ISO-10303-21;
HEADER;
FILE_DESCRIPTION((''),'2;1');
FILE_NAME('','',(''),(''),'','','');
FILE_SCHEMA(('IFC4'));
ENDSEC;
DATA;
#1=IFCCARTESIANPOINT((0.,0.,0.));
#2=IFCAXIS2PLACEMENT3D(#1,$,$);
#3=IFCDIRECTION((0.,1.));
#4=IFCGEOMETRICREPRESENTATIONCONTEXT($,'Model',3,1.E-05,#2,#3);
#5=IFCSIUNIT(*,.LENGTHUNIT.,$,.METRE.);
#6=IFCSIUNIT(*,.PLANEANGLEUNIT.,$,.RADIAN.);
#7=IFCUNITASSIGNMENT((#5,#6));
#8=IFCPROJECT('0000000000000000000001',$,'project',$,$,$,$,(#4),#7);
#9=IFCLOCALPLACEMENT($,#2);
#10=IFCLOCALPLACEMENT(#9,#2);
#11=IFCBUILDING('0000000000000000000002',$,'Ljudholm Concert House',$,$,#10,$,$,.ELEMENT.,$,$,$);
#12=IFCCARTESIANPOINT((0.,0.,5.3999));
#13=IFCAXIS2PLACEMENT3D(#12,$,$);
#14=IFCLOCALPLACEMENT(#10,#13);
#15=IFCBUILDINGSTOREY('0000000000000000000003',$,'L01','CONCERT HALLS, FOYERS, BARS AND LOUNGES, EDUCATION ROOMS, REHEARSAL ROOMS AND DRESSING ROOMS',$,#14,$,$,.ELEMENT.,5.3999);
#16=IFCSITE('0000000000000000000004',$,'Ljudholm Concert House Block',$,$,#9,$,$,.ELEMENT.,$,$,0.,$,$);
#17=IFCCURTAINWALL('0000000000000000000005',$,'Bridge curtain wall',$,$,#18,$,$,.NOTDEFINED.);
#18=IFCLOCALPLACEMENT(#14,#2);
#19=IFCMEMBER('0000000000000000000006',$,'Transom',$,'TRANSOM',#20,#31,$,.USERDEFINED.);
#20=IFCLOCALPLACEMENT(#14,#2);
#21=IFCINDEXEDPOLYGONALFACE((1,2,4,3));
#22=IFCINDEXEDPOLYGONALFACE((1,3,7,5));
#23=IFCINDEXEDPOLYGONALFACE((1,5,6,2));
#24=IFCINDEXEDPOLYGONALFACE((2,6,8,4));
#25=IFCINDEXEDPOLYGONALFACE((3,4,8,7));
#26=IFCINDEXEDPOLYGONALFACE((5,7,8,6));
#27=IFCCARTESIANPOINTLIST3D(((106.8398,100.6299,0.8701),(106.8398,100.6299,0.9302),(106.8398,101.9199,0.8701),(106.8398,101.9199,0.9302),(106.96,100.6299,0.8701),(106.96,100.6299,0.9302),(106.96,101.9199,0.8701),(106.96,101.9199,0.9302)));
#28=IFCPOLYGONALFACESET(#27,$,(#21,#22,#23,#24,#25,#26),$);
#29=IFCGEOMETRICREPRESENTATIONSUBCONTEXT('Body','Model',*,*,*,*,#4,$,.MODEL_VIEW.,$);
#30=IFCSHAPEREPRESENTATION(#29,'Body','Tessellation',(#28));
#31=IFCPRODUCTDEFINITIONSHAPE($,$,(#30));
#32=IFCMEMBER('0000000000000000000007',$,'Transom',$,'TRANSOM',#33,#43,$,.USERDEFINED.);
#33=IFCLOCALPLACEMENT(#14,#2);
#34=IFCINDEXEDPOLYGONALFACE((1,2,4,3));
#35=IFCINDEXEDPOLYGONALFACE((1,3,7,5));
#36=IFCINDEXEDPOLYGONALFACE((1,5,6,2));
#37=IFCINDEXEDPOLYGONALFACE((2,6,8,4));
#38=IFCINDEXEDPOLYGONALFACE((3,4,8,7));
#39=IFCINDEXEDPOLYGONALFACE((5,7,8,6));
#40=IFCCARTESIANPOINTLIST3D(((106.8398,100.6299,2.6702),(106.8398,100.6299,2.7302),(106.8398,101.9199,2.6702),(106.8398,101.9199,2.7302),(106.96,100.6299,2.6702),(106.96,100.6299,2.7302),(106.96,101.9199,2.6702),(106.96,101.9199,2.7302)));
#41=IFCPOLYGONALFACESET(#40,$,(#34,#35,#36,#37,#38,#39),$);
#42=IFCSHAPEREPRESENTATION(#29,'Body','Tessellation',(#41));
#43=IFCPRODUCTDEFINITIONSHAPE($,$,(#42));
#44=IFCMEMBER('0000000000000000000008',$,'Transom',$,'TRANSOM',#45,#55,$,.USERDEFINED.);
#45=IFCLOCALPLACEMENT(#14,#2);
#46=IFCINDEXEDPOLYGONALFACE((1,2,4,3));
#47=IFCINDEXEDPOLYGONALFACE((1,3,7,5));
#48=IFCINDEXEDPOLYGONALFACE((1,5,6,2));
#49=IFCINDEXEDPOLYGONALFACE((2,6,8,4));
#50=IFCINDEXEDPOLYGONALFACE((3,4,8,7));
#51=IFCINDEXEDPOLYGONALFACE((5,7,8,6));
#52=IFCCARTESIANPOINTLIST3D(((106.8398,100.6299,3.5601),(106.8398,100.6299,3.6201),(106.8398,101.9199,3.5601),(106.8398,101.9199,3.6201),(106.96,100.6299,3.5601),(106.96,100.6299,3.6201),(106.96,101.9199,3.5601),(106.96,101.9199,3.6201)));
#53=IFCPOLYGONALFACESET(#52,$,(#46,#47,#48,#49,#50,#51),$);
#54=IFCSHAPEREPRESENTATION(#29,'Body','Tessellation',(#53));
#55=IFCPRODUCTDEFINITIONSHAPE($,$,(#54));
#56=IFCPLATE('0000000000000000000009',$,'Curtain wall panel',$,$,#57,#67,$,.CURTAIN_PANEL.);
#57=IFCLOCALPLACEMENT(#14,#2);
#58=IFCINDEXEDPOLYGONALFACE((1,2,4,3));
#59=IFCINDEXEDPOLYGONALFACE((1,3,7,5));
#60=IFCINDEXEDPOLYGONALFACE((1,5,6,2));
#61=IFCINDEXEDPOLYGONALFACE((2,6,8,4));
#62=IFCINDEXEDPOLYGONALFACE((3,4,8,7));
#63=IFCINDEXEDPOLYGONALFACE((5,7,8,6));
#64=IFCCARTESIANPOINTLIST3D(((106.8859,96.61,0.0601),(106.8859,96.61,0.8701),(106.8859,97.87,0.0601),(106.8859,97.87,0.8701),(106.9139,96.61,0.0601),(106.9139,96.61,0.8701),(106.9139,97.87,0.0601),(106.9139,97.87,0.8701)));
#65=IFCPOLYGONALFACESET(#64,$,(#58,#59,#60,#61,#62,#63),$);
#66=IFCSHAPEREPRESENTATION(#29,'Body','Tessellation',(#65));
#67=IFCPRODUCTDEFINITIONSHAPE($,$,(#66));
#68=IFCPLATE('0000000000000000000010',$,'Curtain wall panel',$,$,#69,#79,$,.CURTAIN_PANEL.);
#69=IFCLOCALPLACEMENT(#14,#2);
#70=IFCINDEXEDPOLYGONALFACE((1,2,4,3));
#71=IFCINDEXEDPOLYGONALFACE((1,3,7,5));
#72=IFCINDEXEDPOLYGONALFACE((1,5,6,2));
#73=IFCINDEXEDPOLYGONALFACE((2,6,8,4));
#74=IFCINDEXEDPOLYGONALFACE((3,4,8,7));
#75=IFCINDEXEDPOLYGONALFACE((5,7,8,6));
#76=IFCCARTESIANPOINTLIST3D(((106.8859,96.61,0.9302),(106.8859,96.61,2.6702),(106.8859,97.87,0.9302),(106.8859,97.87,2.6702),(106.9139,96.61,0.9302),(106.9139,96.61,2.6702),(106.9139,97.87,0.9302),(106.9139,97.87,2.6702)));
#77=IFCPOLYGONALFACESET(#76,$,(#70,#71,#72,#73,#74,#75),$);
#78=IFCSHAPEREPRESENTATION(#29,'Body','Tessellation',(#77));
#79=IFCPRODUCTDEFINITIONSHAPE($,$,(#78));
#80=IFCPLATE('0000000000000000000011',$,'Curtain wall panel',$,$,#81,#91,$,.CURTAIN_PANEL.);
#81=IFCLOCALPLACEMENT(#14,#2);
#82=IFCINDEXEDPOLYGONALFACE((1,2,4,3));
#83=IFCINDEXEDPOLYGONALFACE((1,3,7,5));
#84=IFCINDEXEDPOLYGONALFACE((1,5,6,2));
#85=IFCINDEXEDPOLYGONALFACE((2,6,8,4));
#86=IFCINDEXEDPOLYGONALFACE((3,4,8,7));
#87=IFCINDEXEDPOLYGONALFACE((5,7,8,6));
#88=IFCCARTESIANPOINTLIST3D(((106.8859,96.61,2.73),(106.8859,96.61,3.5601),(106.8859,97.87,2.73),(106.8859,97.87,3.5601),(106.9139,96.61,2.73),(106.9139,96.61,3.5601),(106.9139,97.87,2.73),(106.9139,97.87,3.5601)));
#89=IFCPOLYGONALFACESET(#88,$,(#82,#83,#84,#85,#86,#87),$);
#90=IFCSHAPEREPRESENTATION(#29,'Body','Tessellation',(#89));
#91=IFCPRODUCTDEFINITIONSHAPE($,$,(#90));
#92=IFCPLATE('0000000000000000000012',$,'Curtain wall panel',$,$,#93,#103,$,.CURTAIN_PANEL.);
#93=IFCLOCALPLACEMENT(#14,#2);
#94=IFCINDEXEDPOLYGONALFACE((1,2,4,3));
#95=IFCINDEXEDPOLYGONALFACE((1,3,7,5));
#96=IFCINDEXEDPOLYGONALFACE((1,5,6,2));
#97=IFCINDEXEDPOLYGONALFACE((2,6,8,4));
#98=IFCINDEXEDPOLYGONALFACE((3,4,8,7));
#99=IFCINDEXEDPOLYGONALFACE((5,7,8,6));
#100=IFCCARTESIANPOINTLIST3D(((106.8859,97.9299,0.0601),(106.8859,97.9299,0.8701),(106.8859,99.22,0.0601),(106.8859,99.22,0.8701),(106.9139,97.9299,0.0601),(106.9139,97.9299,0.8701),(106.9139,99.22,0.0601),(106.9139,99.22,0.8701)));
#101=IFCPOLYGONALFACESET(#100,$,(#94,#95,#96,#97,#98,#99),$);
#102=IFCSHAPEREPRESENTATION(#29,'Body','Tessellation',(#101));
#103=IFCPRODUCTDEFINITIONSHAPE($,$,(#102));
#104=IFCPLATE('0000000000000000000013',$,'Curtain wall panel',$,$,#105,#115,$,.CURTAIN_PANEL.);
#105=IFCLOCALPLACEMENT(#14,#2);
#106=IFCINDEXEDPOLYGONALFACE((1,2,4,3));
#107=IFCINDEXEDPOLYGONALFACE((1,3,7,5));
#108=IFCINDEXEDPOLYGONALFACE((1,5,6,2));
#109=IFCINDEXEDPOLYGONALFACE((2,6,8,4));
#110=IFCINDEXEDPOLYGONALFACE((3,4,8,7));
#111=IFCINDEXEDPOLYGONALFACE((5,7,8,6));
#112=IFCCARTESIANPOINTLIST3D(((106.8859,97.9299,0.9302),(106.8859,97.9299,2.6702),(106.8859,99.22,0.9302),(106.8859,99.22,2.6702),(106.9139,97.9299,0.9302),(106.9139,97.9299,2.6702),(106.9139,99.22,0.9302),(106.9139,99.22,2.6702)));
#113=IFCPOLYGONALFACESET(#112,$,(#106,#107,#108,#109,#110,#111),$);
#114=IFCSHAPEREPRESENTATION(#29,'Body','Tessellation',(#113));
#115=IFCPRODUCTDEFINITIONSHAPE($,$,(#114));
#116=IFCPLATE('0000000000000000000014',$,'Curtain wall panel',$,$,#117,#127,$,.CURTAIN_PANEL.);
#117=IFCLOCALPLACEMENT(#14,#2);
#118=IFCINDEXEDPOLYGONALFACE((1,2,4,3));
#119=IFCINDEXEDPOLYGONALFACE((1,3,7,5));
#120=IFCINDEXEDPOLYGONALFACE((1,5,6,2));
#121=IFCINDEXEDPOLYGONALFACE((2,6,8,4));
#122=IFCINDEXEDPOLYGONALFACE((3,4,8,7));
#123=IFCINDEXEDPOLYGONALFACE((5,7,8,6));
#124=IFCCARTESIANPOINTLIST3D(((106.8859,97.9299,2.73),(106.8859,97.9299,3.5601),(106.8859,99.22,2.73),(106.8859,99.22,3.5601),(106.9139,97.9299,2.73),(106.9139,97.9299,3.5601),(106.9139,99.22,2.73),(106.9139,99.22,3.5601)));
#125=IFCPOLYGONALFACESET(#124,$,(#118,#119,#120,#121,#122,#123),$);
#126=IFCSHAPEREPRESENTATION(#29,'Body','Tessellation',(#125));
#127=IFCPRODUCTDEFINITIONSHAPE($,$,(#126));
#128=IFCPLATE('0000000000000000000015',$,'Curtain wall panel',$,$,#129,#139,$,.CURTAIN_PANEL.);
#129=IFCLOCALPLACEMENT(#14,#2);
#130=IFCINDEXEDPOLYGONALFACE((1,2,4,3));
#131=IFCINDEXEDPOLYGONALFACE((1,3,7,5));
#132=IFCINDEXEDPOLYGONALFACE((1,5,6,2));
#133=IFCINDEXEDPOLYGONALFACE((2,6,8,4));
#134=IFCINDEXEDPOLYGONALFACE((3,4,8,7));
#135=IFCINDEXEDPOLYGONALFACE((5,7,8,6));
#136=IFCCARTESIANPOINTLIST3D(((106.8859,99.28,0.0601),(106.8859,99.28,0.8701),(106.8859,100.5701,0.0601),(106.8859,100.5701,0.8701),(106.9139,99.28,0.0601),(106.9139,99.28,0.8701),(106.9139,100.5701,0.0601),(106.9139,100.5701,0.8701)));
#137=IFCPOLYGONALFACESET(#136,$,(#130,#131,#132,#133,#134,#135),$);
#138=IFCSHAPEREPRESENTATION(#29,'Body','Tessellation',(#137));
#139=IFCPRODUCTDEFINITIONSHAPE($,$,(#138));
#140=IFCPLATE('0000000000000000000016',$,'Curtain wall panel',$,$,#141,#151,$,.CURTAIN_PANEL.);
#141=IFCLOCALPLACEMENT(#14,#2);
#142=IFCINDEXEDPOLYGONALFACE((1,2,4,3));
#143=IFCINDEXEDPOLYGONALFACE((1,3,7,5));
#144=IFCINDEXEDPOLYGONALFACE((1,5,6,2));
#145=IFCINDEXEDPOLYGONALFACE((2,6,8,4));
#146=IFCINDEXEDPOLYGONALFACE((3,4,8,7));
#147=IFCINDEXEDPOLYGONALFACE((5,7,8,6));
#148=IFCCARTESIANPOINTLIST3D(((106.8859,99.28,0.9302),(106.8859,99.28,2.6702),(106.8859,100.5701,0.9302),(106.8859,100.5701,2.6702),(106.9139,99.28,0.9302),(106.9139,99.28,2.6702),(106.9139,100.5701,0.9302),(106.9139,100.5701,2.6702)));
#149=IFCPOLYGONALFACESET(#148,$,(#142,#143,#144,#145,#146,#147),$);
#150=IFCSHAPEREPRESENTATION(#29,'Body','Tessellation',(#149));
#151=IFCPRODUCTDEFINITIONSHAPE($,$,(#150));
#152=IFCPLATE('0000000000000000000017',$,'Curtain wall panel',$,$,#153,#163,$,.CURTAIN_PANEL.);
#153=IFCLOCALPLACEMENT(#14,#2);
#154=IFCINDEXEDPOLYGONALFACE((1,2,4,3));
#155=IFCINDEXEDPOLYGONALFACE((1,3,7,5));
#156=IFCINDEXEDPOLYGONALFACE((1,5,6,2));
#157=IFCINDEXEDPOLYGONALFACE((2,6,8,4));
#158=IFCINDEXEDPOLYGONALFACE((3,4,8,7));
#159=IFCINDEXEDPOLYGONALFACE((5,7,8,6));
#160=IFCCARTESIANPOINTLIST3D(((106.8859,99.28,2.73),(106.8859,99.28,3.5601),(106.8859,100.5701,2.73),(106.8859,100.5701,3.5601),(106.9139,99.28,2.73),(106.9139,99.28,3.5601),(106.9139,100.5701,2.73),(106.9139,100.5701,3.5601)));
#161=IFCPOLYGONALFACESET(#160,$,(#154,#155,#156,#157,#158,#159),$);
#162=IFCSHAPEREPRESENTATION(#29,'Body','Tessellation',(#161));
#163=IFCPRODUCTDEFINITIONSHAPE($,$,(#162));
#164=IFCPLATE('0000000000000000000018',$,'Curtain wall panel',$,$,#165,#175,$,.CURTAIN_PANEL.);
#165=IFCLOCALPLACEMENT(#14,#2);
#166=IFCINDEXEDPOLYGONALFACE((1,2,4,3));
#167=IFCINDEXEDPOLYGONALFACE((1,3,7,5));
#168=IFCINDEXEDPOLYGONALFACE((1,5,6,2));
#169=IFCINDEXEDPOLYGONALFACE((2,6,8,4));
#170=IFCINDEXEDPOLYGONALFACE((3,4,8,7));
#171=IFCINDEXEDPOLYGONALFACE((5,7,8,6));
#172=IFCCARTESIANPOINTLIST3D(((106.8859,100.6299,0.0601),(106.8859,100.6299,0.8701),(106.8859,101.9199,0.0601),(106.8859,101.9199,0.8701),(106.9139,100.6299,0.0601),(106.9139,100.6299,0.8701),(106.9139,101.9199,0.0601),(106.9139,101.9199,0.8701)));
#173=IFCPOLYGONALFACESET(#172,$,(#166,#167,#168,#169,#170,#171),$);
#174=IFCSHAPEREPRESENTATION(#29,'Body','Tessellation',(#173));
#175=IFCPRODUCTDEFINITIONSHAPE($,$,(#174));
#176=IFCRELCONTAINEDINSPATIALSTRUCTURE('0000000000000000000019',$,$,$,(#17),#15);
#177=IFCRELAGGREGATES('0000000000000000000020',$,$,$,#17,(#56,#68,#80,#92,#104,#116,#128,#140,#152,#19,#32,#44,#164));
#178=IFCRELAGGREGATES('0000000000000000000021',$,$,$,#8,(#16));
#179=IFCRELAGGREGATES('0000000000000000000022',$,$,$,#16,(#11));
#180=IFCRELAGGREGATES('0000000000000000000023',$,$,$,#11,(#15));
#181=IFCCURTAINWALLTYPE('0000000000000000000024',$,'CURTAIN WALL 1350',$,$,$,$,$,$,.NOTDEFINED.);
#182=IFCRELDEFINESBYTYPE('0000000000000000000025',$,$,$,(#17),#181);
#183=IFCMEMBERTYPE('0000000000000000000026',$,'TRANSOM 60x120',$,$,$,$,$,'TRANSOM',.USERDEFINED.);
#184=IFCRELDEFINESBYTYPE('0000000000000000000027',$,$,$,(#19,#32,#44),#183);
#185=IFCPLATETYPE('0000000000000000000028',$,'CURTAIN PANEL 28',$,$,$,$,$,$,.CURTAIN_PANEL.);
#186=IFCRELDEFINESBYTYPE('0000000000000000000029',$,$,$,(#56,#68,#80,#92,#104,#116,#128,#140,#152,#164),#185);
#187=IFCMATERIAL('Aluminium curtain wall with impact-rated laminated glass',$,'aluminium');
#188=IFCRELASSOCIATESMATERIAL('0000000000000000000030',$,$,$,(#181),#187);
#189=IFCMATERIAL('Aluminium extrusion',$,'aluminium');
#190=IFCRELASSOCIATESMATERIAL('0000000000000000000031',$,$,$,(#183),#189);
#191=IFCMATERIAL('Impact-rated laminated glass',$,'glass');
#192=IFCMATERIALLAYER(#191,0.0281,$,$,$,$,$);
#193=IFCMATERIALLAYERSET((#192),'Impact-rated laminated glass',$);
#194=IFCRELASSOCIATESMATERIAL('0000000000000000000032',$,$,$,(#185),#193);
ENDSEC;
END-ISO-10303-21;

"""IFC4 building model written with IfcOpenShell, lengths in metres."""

from ifc_helpers import new_model, si_unit, direction, frame, origin, origin_2d, place, context, subcontext, project, spatial, rectangle, extrude, material, layer, layer_set, material_profile, profile_set, type_object, element, aggregate, save


model = new_model("IFC4")

# Units and contexts
model_context = context("Model", 3, precision=1e-05, world=origin(), true_north=direction((0.0, 1.0)))
body_context = subcontext(model_context, "Body", "Model", "MODEL_VIEW")
ifc_project = project(units=[si_unit("LENGTHUNIT", "METRE"), si_unit("PLANEANGLEUNIT", "RADIAN")], contexts=[model_context])

# Site, building, storey
site_placement = place(None, origin())
site = spatial("IfcSite", under=ifc_project, at=site_placement, Name="Ljudholm Concert House Block", CompositionType="ELEMENT", RefElevation=0.0)
building_placement = place(site_placement, origin())
building = spatial("IfcBuilding", under=site, at=building_placement, Name="Ljudholm Concert House", CompositionType="ELEMENT")
storey_placement = place(building_placement, frame((0.0, 0.0, 5.3999)))
storey = spatial("IfcBuildingStorey", under=building, at=storey_placement, Name="L01", Description="CONCERT HALLS, FOYERS, BARS AND LOUNGES, EDUCATION ROOMS, REHEARSAL ROOMS AND DRESSING ROOMS", CompositionType="ELEMENT", Elevation=5.3999)

# Curtain wall, members, plates
ifc_material_1 = material(Name="Aluminium curtain wall with impact-rated laminated glass", Category="aluminium")
curtain_wall_type = type_object("IfcCurtainWallType", Name="CURTAIN WALL 1350", PredefinedType="NOTDEFINED", material=ifc_material_1)
curtain_wall_placement = place(storey_placement, origin())
curtain_wall = element("IfcCurtainWall", 1, at=curtain_wall_placement, inside=storey, type_object=curtain_wall_type, Name="Bridge curtain wall", PredefinedType="NOTDEFINED")
ifc_material_2 = material(Name="Aluminium extrusion", Category="aluminium")
ifc_material_profile_1 = material_profile(ifc_material_2, rectangle(XDim=0.1201, YDim=0.0601, at=origin_2d()), Name="TRANSOM 60x120")
ifc_profile_set_1 = profile_set([ifc_material_profile_1], Name="Aluminium extrusion")
member_type_1 = type_object("IfcMemberType", Name="TRANSOM 60x120", ElementType="TRANSOM", PredefinedType="USERDEFINED", material=ifc_profile_set_1)
member_1_placement = place(storey_placement, frame((106.8999, 100.6299, 0.9001), z_axis=(0.0, 1.0, 0.0), x_axis=(-1.0, 0.0, 0.0)))
member_1 = element("IfcMember", 2, at=member_1_placement, type_object=member_type_1, Name="Transom", ObjectType="TRANSOM", PredefinedType="USERDEFINED", context=body_context, shape_type="SweptSolid", body=[
    extrude(rectangle(XDim=0.1201, YDim=0.0601, at=origin_2d()), origin(), (0.0, 0.0, 1.0), 1.29),
])
member_2_placement = place(storey_placement, frame((106.8999, 100.6299, 2.7002), z_axis=(0.0, 1.0, 0.0), x_axis=(-1.0, 0.0, 0.0)))
member_2 = element("IfcMember", 3, at=member_2_placement, type_object=member_type_1, Name="Transom", ObjectType="TRANSOM", PredefinedType="USERDEFINED", context=body_context, shape_type="SweptSolid", body=[
    extrude(rectangle(XDim=0.1201, YDim=0.0601, at=origin_2d()), origin(), (0.0, 0.0, 1.0), 1.29),
])
member_3_placement = place(storey_placement, frame((106.8999, 100.6299, 3.5901), z_axis=(0.0, 1.0, 0.0), x_axis=(-1.0, 0.0, 0.0)))
member_3 = element("IfcMember", 4, at=member_3_placement, type_object=member_type_1, Name="Transom", ObjectType="TRANSOM", PredefinedType="USERDEFINED", context=body_context, shape_type="SweptSolid", body=[
    extrude(rectangle(XDim=0.1201, YDim=0.0601, at=origin_2d()), origin(), (0.0, 0.0, 1.0), 1.29),
])
ifc_material_3 = material(Name="Impact-rated laminated glass", Category="glass")
ifc_layer = layer(ifc_material_3, 0.0281)
ifc_layer_set = layer_set([ifc_layer], Name="Impact-rated laminated glass")
plate_type = type_object("IfcPlateType", Name="CURTAIN PANEL 28", PredefinedType="CURTAIN_PANEL", material=ifc_layer_set)
plate_1_placement = place(storey_placement, frame((106.8999, 97.24, 0.0601), z_axis=(0.0, 0.0, 1.0), x_axis=(0.0, 1.0, 0.0)))
plate_1 = element("IfcPlate", 5, at=plate_1_placement, type_object=plate_type, Name="Curtain wall panel", PredefinedType="CURTAIN_PANEL", context=body_context, shape_type="SweptSolid", body=[
    extrude(rectangle(XDim=1.26, YDim=0.0281, at=origin_2d()), origin(), (0.0, 0.0, 1.0), 0.8101),
])
plate_2_placement = place(storey_placement, frame((106.8999, 97.24, 0.9302), z_axis=(0.0, 0.0, 1.0), x_axis=(0.0, 1.0, 0.0)))
plate_2 = element("IfcPlate", 6, at=plate_2_placement, type_object=plate_type, Name="Curtain wall panel", PredefinedType="CURTAIN_PANEL", context=body_context, shape_type="SweptSolid", body=[
    extrude(rectangle(XDim=1.26, YDim=0.0281, at=origin_2d()), origin(), (0.0, 0.0, 1.0), 1.74),
])
plate_3_placement = place(storey_placement, frame((106.8999, 97.24, 2.73), z_axis=(0.0, 0.0, 1.0), x_axis=(0.0, 1.0, 0.0)))
plate_3 = element("IfcPlate", 7, at=plate_3_placement, type_object=plate_type, Name="Curtain wall panel", PredefinedType="CURTAIN_PANEL", context=body_context, shape_type="SweptSolid", body=[
    extrude(rectangle(XDim=1.26, YDim=0.0281, at=origin_2d()), origin(), (0.0, 0.0, 1.0), 0.8301),
])
plate_4_placement = place(storey_placement, frame((106.8999, 98.575, 0.0601), z_axis=(0.0, 0.0, 1.0), x_axis=(0.0, 1.0, 0.0)))
plate_4 = element("IfcPlate", 8, at=plate_4_placement, type_object=plate_type, Name="Curtain wall panel", PredefinedType="CURTAIN_PANEL", context=body_context, shape_type="SweptSolid", body=[
    extrude(rectangle(XDim=1.29, YDim=0.0281, at=origin_2d()), origin(), (0.0, 0.0, 1.0), 0.8101),
])
plate_5_placement = place(storey_placement, frame((106.8999, 98.575, 0.9302), z_axis=(0.0, 0.0, 1.0), x_axis=(0.0, 1.0, 0.0)))
plate_5 = element("IfcPlate", 9, at=plate_5_placement, type_object=plate_type, Name="Curtain wall panel", PredefinedType="CURTAIN_PANEL", context=body_context, shape_type="SweptSolid", body=[
    extrude(rectangle(XDim=1.29, YDim=0.0281, at=origin_2d()), origin(), (0.0, 0.0, 1.0), 1.74),
])
plate_6_placement = place(storey_placement, frame((106.8999, 98.575, 2.73), z_axis=(0.0, 0.0, 1.0), x_axis=(0.0, 1.0, 0.0)))
plate_6 = element("IfcPlate", 10, at=plate_6_placement, type_object=plate_type, Name="Curtain wall panel", PredefinedType="CURTAIN_PANEL", context=body_context, shape_type="SweptSolid", body=[
    extrude(rectangle(XDim=1.29, YDim=0.0281, at=origin_2d()), origin(), (0.0, 0.0, 1.0), 0.8301),
])
plate_7_placement = place(storey_placement, frame((106.8999, 99.925, 0.0601), z_axis=(0.0, 0.0, 1.0), x_axis=(0.0, 1.0, 0.0)))
plate_7 = element("IfcPlate", 11, at=plate_7_placement, type_object=plate_type, Name="Curtain wall panel", PredefinedType="CURTAIN_PANEL", context=body_context, shape_type="SweptSolid", body=[
    extrude(rectangle(XDim=1.29, YDim=0.0281, at=origin_2d()), origin(), (0.0, 0.0, 1.0), 0.8101),
])
plate_8_placement = place(storey_placement, frame((106.8999, 99.925, 0.9302), z_axis=(0.0, 0.0, 1.0), x_axis=(0.0, 1.0, 0.0)))
plate_8 = element("IfcPlate", 12, at=plate_8_placement, type_object=plate_type, Name="Curtain wall panel", PredefinedType="CURTAIN_PANEL", context=body_context, shape_type="SweptSolid", body=[
    extrude(rectangle(XDim=1.29, YDim=0.0281, at=origin_2d()), origin(), (0.0, 0.0, 1.0), 1.74),
])
plate_9_placement = place(storey_placement, frame((106.8999, 99.925, 2.73), z_axis=(0.0, 0.0, 1.0), x_axis=(0.0, 1.0, 0.0)))
plate_9 = element("IfcPlate", 13, at=plate_9_placement, type_object=plate_type, Name="Curtain wall panel", PredefinedType="CURTAIN_PANEL", context=body_context, shape_type="SweptSolid", body=[
    extrude(rectangle(XDim=1.29, YDim=0.0281, at=origin_2d()), origin(), (0.0, 0.0, 1.0), 0.8301),
])
plate_10_placement = place(storey_placement, frame((106.8999, 101.2749, 0.0601), z_axis=(0.0, 0.0, 1.0), x_axis=(0.0, 1.0, 0.0)))
plate_10 = element("IfcPlate", 14, at=plate_10_placement, type_object=plate_type, Name="Curtain wall panel", PredefinedType="CURTAIN_PANEL", context=body_context, shape_type="SweptSolid", body=[
    extrude(rectangle(XDim=1.29, YDim=0.0281, at=origin_2d()), origin(), (0.0, 0.0, 1.0), 0.8101),
])
aggregate(curtain_wall, [plate_1, plate_2, plate_3, plate_4, plate_5, plate_6, plate_7, plate_8, plate_9, member_1, member_2, member_3, plate_10])

save(model, "model.ifc")
